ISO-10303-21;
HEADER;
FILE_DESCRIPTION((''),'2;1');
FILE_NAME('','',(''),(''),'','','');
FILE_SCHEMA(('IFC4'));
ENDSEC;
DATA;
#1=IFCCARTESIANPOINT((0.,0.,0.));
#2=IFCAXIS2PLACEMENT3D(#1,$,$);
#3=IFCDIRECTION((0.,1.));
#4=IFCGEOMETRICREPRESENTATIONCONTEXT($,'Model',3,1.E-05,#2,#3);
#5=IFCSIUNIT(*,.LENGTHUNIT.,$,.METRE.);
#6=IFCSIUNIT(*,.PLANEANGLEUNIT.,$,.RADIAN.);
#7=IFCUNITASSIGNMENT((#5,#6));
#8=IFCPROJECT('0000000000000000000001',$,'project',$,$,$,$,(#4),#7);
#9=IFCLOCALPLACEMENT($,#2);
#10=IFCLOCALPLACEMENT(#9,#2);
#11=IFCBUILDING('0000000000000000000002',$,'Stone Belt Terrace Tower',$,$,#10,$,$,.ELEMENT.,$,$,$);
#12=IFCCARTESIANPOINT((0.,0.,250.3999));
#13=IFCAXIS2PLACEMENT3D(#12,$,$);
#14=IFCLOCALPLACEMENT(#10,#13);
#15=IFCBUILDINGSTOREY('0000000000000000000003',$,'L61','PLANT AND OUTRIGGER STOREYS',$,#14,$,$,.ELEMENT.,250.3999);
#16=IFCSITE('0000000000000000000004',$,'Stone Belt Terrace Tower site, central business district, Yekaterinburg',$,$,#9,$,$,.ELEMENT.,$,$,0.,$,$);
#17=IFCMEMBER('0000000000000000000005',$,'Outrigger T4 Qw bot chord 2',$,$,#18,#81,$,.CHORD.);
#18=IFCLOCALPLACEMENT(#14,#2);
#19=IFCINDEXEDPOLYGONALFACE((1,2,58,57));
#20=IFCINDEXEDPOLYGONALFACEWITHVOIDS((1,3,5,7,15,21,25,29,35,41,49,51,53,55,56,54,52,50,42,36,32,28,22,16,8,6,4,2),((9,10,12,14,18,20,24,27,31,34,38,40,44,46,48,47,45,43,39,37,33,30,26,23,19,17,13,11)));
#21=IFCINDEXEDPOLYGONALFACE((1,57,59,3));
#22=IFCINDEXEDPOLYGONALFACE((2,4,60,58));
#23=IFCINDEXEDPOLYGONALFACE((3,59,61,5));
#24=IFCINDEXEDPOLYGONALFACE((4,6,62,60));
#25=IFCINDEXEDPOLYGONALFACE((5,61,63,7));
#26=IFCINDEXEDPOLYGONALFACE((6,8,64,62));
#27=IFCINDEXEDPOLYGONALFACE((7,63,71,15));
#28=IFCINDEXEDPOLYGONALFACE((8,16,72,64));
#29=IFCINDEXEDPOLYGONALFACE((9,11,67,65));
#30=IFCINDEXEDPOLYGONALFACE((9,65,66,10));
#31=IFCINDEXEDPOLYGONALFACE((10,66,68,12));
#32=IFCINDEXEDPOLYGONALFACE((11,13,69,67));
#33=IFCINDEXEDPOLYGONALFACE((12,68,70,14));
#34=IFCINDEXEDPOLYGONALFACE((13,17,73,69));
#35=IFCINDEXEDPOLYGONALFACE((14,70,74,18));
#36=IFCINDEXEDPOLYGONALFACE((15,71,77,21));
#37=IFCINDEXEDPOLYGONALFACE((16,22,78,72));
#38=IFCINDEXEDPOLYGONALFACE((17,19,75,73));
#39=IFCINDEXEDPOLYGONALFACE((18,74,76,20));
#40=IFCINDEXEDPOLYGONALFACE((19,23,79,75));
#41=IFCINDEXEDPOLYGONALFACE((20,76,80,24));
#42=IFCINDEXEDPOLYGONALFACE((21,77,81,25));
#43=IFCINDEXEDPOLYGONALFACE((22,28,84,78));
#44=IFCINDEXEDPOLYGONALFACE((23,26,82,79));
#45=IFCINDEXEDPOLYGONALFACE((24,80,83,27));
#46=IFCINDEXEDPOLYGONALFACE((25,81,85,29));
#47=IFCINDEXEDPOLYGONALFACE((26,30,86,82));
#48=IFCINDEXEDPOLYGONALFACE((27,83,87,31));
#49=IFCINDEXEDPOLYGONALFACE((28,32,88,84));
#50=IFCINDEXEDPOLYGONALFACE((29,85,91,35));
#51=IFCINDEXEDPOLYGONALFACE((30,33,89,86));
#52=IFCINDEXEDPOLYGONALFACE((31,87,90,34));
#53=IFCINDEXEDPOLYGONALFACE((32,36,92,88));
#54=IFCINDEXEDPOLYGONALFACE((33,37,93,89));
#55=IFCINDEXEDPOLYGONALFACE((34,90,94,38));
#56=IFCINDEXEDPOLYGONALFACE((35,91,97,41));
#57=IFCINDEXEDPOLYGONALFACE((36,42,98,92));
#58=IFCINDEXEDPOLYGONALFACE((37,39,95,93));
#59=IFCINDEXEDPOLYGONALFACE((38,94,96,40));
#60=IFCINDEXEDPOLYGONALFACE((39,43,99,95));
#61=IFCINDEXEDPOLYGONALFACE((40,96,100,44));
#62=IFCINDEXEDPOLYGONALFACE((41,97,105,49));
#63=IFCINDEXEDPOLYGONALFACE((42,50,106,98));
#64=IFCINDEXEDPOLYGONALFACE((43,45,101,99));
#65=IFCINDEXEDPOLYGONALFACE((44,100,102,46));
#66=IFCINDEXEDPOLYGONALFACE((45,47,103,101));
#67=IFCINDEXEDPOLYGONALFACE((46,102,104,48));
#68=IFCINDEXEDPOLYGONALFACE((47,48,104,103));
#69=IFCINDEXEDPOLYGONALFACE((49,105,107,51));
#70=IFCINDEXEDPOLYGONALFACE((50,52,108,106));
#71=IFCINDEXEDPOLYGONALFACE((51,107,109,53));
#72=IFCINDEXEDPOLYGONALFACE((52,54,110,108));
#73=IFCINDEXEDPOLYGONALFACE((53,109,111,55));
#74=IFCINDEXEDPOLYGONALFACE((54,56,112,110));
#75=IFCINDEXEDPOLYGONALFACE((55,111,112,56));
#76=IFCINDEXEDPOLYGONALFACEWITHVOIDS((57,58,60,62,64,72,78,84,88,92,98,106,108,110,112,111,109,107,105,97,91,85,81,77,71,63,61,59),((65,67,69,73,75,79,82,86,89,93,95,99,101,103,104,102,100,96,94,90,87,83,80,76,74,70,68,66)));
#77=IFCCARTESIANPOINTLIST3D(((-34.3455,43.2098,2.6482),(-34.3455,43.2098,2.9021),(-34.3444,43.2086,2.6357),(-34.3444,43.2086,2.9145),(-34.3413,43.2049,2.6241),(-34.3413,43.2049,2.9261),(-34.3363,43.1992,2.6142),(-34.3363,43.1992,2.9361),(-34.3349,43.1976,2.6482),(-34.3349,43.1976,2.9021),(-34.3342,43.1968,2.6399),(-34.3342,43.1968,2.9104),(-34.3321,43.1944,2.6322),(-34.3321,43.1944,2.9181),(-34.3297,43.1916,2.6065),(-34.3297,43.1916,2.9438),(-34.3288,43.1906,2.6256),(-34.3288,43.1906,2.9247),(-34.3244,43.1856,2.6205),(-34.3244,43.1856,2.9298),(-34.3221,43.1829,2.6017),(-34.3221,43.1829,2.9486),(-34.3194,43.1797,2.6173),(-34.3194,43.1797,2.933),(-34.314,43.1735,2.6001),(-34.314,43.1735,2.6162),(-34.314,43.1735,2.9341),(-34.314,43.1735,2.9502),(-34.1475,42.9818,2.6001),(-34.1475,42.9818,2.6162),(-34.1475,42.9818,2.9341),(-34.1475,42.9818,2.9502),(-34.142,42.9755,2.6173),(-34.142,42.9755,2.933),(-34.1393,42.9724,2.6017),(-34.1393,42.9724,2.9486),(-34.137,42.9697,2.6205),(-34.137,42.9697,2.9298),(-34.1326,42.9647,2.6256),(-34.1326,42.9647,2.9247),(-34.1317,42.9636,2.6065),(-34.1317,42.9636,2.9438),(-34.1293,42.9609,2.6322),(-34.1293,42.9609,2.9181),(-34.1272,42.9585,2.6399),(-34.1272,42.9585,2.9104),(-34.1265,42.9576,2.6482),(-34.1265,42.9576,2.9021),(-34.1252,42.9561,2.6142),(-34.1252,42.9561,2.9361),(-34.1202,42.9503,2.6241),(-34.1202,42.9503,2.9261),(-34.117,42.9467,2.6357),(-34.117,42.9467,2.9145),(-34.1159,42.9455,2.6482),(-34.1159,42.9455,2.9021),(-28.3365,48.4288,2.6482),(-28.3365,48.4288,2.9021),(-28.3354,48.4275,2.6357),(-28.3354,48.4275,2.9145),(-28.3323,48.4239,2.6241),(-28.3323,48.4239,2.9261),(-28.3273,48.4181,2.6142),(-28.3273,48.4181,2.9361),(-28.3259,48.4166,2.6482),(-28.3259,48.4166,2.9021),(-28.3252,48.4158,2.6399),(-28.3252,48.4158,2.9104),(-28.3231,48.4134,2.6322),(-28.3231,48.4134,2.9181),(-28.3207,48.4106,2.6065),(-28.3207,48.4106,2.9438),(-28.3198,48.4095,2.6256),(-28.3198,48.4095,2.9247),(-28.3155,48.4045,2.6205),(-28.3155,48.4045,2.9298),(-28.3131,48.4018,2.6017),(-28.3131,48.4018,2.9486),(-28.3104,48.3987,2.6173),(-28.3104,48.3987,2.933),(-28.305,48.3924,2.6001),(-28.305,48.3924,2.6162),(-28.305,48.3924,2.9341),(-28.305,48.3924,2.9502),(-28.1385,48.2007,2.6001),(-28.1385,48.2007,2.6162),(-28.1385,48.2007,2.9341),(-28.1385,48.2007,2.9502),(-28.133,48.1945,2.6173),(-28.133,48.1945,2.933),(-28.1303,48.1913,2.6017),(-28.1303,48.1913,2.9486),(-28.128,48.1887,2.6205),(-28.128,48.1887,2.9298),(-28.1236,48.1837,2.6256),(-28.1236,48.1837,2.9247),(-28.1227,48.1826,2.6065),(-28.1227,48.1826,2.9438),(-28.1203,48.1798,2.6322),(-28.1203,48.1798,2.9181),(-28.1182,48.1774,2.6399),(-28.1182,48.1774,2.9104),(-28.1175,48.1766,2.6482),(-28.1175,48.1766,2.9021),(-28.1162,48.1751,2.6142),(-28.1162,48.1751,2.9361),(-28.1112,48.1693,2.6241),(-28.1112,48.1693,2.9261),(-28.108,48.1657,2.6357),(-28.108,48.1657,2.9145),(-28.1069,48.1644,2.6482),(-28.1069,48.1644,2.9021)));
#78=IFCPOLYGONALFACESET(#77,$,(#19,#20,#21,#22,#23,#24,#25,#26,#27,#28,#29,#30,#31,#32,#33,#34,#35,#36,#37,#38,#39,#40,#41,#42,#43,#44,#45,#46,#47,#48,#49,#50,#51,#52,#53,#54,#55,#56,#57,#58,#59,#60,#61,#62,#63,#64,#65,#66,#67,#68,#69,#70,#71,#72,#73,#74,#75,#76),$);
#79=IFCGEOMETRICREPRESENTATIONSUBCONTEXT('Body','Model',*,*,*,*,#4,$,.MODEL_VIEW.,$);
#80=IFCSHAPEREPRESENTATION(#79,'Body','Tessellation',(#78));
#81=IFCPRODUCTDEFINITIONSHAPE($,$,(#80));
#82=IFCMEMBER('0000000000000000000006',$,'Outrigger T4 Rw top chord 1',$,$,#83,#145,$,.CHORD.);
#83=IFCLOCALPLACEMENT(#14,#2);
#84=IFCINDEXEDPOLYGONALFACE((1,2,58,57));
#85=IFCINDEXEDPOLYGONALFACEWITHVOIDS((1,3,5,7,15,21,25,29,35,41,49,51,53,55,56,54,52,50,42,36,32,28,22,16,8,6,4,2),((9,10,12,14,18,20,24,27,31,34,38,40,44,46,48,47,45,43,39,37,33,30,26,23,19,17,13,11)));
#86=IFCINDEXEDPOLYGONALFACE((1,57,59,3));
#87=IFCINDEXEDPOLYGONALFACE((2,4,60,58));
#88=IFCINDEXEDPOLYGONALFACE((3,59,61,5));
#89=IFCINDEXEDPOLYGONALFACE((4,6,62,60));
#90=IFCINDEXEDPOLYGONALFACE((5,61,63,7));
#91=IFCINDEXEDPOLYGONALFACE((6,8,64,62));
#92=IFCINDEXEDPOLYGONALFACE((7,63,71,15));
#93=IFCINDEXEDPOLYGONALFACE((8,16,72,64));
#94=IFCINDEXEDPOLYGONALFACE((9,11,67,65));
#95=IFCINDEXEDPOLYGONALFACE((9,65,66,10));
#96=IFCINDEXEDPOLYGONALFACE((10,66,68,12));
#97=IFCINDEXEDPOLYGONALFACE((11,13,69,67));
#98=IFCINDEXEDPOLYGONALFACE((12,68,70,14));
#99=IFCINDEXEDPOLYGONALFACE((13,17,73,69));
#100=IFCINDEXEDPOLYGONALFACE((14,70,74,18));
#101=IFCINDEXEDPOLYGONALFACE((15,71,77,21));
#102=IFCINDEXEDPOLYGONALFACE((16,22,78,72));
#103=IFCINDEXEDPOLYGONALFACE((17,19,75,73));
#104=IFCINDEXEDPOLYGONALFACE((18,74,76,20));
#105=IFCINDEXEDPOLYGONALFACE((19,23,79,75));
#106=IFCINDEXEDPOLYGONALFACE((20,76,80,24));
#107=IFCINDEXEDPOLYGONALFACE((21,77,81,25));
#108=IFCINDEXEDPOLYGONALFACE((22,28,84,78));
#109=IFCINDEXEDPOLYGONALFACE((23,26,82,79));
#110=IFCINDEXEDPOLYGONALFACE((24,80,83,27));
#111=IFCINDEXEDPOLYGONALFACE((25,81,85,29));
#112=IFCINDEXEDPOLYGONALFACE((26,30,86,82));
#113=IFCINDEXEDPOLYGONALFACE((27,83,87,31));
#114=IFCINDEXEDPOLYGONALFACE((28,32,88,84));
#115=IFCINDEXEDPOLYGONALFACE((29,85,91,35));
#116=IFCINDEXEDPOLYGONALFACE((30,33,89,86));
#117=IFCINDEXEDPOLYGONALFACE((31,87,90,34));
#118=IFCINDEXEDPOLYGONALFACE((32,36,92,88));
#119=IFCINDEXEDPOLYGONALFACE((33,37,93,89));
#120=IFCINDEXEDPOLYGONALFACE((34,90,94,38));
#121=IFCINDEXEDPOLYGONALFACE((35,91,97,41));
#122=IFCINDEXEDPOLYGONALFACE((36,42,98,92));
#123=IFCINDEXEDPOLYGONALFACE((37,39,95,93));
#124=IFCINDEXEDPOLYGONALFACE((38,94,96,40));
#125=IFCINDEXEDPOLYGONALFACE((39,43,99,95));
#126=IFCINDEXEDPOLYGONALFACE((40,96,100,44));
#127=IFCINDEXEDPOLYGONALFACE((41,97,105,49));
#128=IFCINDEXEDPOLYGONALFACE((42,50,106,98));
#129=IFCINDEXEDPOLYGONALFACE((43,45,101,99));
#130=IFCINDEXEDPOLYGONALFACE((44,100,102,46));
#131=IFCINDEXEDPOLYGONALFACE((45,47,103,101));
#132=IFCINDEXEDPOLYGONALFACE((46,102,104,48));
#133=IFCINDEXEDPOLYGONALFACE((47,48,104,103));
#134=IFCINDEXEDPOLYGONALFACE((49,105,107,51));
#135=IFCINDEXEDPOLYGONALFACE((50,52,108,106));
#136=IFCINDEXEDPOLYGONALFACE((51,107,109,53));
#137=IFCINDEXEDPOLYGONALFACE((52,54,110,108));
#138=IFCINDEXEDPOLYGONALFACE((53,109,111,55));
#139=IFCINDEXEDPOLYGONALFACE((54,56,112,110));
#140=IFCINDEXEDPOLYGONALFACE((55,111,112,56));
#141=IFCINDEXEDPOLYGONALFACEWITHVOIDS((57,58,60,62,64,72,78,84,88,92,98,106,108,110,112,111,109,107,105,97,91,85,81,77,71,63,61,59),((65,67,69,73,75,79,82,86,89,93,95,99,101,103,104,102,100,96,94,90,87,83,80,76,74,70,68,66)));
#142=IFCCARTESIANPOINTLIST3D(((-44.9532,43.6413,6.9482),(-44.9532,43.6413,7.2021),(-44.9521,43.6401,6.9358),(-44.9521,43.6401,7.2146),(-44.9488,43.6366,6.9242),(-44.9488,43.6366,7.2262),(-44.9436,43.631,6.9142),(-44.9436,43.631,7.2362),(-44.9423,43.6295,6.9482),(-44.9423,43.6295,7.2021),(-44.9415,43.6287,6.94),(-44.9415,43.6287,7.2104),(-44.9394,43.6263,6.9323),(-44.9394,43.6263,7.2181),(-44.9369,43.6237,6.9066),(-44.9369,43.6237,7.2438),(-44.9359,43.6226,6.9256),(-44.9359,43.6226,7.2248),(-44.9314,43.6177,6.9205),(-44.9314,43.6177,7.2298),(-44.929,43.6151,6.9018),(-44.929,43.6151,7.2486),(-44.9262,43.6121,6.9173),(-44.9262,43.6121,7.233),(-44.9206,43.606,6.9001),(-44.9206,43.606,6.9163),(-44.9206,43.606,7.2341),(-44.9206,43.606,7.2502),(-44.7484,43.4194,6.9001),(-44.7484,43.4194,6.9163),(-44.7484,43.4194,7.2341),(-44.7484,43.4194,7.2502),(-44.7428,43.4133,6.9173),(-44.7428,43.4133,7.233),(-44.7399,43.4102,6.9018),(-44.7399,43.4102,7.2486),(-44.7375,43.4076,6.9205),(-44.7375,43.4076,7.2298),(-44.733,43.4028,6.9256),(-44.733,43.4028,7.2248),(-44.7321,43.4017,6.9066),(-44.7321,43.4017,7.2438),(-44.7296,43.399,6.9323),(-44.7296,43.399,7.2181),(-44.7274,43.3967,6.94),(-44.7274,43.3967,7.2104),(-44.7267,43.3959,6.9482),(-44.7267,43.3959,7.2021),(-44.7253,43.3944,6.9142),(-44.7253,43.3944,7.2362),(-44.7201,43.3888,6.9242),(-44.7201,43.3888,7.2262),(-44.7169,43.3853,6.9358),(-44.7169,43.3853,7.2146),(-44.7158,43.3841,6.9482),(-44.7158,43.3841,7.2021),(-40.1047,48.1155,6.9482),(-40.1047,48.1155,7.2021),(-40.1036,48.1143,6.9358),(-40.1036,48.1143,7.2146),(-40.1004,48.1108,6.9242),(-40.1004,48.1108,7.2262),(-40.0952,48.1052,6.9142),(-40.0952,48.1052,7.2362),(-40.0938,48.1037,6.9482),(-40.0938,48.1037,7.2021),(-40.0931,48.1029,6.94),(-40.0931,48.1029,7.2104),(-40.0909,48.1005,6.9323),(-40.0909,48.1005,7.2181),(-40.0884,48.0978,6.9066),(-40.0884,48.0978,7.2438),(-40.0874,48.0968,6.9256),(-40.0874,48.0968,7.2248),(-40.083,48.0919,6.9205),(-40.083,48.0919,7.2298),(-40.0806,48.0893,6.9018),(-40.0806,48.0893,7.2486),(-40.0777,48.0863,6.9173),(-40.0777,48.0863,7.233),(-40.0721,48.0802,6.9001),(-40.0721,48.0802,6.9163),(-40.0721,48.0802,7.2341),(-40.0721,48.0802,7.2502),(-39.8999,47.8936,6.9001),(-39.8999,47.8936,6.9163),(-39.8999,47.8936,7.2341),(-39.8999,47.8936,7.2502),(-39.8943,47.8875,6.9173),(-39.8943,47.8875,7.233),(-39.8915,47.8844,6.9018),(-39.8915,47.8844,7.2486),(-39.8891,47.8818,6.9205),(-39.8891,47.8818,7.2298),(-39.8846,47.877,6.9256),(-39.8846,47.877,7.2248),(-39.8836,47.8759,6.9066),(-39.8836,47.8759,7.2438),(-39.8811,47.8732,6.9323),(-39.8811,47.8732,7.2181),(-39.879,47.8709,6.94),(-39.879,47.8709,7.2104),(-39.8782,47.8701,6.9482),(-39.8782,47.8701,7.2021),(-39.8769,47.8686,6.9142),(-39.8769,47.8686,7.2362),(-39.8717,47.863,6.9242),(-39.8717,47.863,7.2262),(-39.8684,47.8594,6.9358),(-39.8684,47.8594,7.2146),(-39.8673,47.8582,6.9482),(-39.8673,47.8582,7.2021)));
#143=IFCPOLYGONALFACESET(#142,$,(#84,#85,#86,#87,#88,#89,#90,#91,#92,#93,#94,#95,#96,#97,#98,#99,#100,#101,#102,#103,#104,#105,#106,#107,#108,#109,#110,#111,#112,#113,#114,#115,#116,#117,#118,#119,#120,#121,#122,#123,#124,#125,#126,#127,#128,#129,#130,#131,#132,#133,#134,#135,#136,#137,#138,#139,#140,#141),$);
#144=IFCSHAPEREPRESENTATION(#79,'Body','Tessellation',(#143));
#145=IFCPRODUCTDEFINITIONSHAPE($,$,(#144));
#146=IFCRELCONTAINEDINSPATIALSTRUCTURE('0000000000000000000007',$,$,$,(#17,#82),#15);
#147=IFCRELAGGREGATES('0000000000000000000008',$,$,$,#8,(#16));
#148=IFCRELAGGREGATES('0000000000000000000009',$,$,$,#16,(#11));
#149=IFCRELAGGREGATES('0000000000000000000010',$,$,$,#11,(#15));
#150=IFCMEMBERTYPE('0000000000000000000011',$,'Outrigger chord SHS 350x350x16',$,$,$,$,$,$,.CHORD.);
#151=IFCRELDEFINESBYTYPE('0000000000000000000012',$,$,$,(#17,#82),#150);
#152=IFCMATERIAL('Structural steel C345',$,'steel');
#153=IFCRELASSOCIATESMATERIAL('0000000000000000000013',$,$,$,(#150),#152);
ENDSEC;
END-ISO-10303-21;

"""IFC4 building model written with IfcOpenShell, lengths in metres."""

from ifc_helpers import new_model, si_unit, direction, frame, origin, origin_2d, place, context, subcontext, project, spatial, hollow_rectangle, extrude, material, material_profile, profile_set, type_object, element, save


model = new_model("IFC4")

# Units and contexts
model_context = context("Model", 3, precision=1e-05, world=origin(), true_north=direction((0.0, 1.0)))
body_context = subcontext(model_context, "Body", "Model", "MODEL_VIEW")
ifc_project = project(units=[si_unit("LENGTHUNIT", "METRE"), si_unit("PLANEANGLEUNIT", "RADIAN")], contexts=[model_context])

# Site, building, storey
site_placement = place(None, origin())
site = spatial("IfcSite", under=ifc_project, at=site_placement, Name="Stone Belt Terrace Tower site, central business district, Yekaterinburg", CompositionType="ELEMENT", RefElevation=0.0)
building_placement = place(site_placement, origin())
building = spatial("IfcBuilding", under=site, at=building_placement, Name="Stone Belt Terrace Tower", CompositionType="ELEMENT")
storey_placement = place(building_placement, frame((0.0, 0.0, 250.3999)))
storey = spatial("IfcBuildingStorey", under=building, at=storey_placement, Name="L61", Description="PLANT AND OUTRIGGER STOREYS", CompositionType="ELEMENT", Elevation=250.3999)

# Members
ifc_material_1 = material(Name="Structural steel C345", Category="steel")
ifc_material_profile_1 = material_profile(ifc_material_1, hollow_rectangle(XDim=0.3501, YDim=0.3501, WallThickness=0.0161, InnerFilletRadius=0.032, OuterFilletRadius=0.0481, at=origin_2d()), Name="SHS 350x350x16")
ifc_profile_set_1 = profile_set([ifc_material_profile_1], Name="Structural steel C345")
member_type_1 = type_object("IfcMemberType", Name="Outrigger chord SHS 350x350x16", PredefinedType="CHORD", material=ifc_profile_set_1)
for number, where, z_axis, x_axis, name in (
    (1, (-34.2307, 43.0776, 2.7751), (0.754994, 0.655731, 0.0), (-0.655731, 0.754994, 0.0), "Outrigger T4 Qw bot chord 2"),
):
    element("IfcMember", number, at=place(storey_placement, frame(where, z_axis=z_axis, x_axis=x_axis)), inside=storey, type_object=member_type_1, Name=name, PredefinedType="CHORD", context=body_context, shape_type="SweptSolid", body=[
        extrude(hollow_rectangle(XDim=0.3501, YDim=0.3501, WallThickness=0.0161, InnerFilletRadius=0.032, OuterFilletRadius=0.0481, at=origin_2d()), origin(), (0.0, 0.0, 1.0), 7.959),
    ])
for number, where, z_axis, x_axis, name in (
    (2, (-44.8345, 43.5127, 7.0752), (0.734903, 0.678173, 0.0), (-0.678173, 0.734903, 0.0), "Outrigger T4 Rw top chord 1"),
):
    element("IfcMember", number, at=place(storey_placement, frame(where, z_axis=z_axis, x_axis=x_axis)), inside=storey, type_object=member_type_1, Name=name, PredefinedType="CHORD", context=body_context, shape_type="SweptSolid", body=[
        extrude(hollow_rectangle(XDim=0.3501, YDim=0.3501, WallThickness=0.0161, InnerFilletRadius=0.032, OuterFilletRadius=0.0481, at=origin_2d()), origin(), (0.0, 0.0, 1.0), 6.5974),
    ])

save(model, "model.ifc")
